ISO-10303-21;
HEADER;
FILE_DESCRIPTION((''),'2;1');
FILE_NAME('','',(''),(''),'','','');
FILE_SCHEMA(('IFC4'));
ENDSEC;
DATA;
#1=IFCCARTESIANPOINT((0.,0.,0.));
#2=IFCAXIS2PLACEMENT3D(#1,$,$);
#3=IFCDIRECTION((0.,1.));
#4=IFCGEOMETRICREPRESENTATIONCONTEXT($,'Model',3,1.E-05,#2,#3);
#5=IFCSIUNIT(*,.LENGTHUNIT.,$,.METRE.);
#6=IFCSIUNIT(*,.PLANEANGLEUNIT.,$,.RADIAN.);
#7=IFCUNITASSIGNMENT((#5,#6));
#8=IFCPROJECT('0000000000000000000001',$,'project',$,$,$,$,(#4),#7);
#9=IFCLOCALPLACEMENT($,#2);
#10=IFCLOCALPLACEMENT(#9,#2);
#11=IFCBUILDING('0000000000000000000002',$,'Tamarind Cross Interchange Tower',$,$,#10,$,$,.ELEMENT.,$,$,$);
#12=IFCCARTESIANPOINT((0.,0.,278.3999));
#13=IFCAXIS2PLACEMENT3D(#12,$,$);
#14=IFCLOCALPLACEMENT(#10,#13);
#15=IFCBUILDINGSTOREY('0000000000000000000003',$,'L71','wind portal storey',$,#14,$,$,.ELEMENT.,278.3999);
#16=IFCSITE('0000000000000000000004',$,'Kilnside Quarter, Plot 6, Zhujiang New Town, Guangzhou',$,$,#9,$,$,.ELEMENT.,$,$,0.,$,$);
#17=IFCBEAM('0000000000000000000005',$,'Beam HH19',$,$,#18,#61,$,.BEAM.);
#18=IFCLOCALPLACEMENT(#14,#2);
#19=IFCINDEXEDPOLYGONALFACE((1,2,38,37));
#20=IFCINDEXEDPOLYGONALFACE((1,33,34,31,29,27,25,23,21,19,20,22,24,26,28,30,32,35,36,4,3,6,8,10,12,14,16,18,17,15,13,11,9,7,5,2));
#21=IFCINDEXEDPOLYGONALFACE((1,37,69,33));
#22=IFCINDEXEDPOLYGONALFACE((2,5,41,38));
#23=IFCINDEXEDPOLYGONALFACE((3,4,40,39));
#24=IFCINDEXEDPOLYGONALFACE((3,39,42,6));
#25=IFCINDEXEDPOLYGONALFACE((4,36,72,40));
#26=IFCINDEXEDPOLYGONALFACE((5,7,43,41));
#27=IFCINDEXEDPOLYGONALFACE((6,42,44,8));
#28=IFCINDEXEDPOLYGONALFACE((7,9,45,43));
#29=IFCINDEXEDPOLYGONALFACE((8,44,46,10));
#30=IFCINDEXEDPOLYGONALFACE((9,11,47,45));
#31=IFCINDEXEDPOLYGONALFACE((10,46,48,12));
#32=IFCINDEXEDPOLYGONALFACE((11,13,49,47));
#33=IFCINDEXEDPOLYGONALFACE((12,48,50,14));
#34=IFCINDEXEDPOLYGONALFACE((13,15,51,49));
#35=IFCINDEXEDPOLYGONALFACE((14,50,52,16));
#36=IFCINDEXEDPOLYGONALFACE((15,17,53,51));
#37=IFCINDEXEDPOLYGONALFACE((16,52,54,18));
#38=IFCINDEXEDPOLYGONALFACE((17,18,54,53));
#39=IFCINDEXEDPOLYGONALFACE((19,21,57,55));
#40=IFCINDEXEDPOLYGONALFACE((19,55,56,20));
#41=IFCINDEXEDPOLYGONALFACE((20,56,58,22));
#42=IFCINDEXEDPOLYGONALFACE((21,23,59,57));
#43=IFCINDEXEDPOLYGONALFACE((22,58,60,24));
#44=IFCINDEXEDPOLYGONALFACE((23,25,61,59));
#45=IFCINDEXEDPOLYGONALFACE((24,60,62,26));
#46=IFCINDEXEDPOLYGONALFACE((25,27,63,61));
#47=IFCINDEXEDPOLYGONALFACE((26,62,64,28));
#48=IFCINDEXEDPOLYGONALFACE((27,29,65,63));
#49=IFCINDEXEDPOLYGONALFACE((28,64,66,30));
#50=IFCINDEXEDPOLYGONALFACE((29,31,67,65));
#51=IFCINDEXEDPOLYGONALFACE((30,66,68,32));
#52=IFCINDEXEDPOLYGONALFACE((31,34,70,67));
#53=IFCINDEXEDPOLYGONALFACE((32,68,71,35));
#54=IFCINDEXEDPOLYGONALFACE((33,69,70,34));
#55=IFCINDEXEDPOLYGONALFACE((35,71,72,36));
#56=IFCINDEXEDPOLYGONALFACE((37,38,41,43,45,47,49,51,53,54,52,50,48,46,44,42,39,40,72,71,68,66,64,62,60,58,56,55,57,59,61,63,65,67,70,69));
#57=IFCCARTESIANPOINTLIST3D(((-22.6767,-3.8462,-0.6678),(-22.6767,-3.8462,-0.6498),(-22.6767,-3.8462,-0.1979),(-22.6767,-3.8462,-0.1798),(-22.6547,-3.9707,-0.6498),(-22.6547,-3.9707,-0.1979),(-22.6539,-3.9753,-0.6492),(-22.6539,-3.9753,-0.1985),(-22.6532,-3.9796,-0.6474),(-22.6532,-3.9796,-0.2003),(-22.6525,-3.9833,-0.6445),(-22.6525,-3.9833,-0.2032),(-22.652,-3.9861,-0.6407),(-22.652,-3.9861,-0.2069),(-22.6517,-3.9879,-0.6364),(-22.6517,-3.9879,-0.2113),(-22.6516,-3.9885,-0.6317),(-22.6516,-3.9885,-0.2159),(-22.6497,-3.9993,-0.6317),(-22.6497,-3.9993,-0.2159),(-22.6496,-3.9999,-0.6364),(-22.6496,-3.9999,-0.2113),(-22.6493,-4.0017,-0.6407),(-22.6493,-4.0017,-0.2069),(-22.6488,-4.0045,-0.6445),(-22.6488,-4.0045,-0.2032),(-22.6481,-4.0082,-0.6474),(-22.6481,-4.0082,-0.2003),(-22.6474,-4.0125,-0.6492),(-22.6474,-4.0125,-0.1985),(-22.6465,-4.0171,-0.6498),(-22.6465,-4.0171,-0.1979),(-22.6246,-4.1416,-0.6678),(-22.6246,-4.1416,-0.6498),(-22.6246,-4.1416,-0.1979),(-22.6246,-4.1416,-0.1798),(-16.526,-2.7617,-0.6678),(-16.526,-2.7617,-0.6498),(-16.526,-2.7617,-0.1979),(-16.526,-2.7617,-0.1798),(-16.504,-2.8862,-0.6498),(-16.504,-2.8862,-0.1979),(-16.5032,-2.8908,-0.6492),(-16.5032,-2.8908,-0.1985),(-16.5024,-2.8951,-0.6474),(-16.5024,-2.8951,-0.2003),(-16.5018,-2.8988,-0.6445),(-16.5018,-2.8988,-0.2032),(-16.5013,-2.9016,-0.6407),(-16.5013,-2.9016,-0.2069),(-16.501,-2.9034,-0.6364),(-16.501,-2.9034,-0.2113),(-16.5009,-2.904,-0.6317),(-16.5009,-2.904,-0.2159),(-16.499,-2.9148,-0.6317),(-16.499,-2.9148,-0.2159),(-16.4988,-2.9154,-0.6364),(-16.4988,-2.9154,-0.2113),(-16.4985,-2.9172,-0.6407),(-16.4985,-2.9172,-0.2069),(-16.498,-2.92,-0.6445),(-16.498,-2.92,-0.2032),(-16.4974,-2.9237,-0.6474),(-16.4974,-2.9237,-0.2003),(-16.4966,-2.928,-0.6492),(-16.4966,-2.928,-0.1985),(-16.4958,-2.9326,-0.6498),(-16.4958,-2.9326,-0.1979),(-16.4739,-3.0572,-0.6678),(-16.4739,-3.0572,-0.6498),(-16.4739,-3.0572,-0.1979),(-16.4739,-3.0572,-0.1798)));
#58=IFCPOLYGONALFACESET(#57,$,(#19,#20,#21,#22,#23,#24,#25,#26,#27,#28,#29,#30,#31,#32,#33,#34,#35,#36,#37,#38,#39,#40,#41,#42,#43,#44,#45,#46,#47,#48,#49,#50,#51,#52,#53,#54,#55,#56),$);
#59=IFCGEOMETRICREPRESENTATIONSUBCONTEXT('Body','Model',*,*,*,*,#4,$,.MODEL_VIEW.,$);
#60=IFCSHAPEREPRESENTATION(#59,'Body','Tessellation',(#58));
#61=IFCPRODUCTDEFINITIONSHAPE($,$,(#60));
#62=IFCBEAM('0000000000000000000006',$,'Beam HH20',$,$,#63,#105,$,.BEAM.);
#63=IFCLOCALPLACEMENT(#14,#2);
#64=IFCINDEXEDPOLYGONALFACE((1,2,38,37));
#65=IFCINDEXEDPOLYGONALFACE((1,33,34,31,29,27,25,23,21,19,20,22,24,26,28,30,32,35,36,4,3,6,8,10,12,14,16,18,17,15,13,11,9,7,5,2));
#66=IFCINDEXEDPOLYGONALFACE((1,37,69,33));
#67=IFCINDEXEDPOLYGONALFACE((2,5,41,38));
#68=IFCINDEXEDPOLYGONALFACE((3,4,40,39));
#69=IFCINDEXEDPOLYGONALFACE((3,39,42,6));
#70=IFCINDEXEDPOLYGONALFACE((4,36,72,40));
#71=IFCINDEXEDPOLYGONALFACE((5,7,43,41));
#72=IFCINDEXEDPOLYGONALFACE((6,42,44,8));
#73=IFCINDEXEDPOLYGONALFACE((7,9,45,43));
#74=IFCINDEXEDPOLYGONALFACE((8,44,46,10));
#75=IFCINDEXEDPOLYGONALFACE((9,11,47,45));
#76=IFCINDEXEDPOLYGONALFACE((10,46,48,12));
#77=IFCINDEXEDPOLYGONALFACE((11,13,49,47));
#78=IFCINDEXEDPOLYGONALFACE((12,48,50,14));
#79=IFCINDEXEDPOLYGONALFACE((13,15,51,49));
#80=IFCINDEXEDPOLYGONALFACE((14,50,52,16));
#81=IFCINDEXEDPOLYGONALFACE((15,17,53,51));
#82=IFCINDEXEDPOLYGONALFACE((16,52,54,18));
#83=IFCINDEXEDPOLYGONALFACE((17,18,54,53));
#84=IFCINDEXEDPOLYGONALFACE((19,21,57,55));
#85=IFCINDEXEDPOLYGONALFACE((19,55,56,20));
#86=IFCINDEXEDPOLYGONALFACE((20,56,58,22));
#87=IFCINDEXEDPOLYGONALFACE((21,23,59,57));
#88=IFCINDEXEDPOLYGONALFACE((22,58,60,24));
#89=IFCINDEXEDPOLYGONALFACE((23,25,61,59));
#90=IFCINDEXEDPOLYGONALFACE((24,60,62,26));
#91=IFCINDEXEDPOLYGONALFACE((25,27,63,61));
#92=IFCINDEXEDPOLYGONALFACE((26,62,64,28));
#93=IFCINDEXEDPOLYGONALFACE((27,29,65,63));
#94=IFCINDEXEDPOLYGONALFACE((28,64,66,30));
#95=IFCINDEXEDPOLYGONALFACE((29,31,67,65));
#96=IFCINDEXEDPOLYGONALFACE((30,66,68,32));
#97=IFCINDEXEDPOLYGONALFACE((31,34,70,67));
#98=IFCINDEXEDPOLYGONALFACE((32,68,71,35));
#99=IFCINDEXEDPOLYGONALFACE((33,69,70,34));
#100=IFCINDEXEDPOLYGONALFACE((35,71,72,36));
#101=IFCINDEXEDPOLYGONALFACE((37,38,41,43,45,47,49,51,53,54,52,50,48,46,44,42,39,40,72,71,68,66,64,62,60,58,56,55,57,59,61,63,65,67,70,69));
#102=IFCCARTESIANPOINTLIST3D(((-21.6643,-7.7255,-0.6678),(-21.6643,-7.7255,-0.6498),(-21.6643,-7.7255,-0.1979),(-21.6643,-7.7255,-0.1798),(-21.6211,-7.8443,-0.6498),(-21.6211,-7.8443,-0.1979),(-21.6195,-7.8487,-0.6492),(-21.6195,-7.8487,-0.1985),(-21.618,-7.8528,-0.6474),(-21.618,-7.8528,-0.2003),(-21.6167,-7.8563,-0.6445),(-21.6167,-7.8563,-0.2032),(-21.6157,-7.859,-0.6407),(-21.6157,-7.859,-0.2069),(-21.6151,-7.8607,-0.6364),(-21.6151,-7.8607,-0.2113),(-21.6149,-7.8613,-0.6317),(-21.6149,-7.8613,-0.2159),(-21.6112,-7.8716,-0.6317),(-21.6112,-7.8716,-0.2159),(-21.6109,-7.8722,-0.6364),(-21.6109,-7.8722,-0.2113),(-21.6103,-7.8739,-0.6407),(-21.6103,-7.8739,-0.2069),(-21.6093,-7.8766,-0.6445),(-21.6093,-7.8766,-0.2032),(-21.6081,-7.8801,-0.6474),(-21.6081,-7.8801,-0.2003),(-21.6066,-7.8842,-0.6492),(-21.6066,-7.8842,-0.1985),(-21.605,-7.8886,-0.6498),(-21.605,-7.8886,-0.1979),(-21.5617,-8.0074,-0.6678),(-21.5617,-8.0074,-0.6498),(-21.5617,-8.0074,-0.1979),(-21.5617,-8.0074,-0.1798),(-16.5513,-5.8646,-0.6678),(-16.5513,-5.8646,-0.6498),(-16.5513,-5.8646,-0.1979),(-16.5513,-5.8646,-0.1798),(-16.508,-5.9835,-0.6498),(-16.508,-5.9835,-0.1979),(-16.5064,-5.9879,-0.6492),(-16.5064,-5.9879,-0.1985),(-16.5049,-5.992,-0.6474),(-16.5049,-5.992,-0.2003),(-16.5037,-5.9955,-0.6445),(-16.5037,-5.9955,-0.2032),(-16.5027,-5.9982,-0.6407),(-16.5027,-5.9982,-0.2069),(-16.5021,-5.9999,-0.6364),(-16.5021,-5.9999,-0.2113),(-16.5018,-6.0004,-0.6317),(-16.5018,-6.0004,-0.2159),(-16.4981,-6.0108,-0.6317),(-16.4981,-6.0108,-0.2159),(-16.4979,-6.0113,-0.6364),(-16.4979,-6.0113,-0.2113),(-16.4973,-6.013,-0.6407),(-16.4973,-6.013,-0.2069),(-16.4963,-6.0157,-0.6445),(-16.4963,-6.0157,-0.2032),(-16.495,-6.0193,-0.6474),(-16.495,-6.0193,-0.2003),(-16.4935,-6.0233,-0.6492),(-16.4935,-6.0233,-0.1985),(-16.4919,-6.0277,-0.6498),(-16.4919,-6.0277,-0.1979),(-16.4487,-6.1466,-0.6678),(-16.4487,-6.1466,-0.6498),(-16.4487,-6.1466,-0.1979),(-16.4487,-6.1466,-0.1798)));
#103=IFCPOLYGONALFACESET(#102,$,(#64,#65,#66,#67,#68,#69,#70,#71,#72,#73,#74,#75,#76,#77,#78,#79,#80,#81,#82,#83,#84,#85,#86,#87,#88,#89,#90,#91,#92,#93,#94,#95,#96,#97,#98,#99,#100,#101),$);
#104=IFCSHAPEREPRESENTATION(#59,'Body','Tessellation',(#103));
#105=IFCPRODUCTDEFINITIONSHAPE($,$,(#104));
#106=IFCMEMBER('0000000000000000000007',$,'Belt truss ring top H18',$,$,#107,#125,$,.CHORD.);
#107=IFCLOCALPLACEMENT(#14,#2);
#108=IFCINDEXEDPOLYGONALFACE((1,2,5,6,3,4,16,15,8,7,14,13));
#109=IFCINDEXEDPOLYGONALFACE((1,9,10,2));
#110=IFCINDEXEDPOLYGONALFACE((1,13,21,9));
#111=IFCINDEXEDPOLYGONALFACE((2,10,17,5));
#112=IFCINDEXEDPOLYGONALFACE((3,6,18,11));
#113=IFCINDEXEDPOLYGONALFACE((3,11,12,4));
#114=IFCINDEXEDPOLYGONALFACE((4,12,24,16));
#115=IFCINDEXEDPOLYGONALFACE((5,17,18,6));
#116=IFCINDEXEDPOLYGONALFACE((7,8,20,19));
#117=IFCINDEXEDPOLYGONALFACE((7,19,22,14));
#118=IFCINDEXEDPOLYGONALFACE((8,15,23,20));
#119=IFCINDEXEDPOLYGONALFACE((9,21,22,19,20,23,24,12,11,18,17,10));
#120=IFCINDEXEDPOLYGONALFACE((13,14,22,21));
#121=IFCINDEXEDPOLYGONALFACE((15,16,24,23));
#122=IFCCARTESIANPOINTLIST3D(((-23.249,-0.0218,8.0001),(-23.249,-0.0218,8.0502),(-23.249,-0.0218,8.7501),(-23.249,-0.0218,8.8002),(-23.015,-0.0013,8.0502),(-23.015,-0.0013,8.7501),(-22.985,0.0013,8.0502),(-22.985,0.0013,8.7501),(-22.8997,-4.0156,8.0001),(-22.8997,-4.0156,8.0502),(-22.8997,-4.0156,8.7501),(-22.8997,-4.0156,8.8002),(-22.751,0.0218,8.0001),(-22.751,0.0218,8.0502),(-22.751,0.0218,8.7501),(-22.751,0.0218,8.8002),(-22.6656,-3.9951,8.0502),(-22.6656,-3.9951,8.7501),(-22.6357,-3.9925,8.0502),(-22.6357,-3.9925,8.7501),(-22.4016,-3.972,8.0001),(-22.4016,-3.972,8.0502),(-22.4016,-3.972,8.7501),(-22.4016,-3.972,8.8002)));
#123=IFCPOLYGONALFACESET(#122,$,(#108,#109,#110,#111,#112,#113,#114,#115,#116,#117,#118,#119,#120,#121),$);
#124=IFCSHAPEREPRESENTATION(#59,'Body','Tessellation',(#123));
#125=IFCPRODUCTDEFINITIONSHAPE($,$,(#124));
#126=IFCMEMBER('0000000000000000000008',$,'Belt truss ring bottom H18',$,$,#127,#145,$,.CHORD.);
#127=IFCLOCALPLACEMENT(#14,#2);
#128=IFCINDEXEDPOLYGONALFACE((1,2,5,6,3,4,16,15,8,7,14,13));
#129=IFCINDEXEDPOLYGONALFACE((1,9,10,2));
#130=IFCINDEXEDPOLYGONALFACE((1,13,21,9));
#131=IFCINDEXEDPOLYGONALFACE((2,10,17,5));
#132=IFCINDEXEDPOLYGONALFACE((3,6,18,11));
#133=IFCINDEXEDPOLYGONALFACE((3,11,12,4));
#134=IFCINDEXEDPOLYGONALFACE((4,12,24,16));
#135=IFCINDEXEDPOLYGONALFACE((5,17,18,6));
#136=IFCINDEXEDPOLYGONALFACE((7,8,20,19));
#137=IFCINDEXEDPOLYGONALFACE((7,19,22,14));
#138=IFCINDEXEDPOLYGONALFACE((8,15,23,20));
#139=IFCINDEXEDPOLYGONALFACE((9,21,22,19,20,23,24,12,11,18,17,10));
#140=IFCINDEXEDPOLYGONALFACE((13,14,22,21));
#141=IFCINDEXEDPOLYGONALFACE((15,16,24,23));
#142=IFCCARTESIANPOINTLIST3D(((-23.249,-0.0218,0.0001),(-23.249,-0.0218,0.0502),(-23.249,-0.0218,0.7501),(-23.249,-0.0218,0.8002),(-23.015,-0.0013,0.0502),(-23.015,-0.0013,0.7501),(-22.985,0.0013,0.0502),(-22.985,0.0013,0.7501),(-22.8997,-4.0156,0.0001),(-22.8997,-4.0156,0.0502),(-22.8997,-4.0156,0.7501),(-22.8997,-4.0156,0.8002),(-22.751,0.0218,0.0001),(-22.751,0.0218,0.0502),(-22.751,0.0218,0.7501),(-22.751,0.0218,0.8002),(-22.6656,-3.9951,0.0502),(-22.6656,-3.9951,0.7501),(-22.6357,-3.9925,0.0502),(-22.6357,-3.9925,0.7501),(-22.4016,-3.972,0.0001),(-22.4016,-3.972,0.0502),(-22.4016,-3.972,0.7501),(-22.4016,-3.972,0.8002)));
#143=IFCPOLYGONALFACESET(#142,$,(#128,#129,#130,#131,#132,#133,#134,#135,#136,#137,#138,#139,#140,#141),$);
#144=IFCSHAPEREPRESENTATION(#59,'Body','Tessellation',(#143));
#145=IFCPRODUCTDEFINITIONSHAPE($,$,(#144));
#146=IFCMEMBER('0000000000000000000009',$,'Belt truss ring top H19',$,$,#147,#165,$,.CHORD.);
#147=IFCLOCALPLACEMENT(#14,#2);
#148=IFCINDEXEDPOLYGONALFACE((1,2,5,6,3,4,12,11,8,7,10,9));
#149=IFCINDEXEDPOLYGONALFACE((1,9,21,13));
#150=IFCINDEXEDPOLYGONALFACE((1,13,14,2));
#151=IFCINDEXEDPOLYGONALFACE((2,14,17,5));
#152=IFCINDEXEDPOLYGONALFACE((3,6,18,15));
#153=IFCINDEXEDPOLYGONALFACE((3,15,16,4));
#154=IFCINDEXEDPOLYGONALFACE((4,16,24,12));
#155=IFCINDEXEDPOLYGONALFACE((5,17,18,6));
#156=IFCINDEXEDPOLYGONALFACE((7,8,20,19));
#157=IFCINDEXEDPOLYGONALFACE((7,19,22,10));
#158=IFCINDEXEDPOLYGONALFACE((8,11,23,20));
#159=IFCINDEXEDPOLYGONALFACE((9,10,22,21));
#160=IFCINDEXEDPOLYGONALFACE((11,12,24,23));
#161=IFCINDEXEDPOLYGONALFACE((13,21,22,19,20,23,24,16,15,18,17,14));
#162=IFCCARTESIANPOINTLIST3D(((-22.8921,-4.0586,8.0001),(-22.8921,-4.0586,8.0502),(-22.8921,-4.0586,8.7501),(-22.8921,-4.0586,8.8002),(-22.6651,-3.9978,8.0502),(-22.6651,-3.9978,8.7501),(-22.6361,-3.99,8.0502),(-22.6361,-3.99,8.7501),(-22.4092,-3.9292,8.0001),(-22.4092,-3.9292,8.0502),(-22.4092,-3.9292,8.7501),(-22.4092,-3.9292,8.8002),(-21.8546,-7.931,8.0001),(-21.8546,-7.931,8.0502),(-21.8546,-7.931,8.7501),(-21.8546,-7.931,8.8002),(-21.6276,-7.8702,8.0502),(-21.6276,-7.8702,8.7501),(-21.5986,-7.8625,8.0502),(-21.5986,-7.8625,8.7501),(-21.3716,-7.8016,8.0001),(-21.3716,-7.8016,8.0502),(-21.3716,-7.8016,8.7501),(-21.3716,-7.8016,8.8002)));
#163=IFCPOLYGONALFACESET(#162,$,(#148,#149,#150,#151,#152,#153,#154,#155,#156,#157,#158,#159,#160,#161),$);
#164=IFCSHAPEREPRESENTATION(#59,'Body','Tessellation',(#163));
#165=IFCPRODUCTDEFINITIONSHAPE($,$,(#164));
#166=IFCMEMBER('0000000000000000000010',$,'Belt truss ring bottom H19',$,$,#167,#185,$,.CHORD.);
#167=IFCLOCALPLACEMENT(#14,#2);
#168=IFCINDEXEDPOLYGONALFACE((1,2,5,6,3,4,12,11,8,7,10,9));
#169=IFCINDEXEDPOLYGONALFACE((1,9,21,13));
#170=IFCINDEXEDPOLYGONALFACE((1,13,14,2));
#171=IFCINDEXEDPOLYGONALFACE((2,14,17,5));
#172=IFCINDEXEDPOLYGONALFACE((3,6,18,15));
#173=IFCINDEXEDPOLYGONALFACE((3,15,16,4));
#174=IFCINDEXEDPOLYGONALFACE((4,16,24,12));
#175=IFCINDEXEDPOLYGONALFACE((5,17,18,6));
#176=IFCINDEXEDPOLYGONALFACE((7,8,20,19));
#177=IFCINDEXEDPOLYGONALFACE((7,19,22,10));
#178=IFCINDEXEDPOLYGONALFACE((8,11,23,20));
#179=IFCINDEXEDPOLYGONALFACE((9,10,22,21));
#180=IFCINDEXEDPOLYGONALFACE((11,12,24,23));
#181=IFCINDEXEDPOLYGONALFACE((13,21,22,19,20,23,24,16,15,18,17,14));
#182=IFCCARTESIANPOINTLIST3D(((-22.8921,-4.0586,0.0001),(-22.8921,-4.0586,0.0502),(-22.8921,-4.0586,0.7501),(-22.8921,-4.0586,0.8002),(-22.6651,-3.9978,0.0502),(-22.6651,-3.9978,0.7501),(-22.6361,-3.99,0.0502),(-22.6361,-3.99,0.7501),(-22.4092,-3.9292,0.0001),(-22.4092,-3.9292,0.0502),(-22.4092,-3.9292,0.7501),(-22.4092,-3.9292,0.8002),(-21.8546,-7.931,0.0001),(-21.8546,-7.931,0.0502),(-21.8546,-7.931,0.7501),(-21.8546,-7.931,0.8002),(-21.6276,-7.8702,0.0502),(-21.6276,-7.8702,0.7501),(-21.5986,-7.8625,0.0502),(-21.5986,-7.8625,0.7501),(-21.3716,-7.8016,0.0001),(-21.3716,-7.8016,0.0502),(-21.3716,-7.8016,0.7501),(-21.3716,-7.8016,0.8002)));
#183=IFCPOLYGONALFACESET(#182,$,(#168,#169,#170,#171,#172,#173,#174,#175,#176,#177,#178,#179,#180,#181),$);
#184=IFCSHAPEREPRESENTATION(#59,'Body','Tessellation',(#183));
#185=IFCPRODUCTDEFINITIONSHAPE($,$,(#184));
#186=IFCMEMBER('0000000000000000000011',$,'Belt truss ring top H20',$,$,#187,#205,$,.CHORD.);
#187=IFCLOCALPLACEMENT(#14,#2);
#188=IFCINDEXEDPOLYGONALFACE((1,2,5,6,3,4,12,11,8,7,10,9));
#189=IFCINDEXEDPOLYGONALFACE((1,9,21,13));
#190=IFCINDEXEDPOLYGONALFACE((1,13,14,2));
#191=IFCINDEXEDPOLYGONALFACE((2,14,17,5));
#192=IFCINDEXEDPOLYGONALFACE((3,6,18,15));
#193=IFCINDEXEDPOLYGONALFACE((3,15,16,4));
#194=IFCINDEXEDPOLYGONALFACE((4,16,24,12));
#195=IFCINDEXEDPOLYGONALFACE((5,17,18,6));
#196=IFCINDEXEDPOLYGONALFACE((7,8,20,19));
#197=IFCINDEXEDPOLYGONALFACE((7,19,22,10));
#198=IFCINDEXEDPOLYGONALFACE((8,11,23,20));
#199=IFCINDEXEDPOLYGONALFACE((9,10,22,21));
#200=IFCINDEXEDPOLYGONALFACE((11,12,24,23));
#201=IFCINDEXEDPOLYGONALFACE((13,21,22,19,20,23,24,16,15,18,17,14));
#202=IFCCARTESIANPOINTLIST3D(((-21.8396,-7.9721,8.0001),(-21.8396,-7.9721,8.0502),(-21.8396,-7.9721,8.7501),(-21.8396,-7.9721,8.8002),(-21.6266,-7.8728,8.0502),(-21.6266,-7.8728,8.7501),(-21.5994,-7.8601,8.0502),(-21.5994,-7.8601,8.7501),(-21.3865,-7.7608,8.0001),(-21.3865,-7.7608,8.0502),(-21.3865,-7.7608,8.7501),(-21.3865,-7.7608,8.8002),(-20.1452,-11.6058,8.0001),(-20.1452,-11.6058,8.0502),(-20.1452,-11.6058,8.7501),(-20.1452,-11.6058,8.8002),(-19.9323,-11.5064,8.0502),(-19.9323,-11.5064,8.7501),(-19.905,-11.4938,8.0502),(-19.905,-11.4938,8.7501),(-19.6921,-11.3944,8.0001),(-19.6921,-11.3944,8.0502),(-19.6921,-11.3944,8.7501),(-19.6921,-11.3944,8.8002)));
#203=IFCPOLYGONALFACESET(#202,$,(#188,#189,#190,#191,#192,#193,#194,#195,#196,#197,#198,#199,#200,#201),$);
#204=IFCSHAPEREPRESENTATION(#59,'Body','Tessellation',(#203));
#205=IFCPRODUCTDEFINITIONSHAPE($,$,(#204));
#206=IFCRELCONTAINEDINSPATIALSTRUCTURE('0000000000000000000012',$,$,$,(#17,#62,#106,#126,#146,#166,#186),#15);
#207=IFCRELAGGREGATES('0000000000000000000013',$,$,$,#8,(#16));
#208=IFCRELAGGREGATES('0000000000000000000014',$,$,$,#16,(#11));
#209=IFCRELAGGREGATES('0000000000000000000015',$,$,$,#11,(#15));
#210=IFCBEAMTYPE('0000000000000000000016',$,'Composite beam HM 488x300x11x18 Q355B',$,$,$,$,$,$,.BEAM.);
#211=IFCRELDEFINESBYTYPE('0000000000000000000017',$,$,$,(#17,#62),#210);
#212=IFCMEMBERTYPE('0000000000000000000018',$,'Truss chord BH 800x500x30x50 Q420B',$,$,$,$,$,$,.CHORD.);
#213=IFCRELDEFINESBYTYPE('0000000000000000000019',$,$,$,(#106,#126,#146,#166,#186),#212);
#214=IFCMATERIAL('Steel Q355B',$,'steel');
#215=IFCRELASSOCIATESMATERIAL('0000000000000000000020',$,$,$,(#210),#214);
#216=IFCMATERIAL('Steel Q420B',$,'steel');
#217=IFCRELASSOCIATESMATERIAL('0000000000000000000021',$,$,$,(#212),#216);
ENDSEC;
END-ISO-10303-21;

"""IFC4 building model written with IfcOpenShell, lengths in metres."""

from ifc_helpers import new_model, si_unit, direction, frame, origin, origin_2d, place, context, subcontext, project, spatial, i_section, extrude, material, material_profile, profile_set, type_object, element, save


model = new_model("IFC4")

# Units and contexts
model_context = context("Model", 3, precision=1e-05, world=origin(), true_north=direction((0.0, 1.0)))
body_context = subcontext(model_context, "Body", "Model", "MODEL_VIEW")
ifc_project = project(units=[si_unit("LENGTHUNIT", "METRE"), si_unit("PLANEANGLEUNIT", "RADIAN")], contexts=[model_context])

# Site, building, storey
site_placement = place(None, origin())
site = spatial("IfcSite", under=ifc_project, at=site_placement, Name="Kilnside Quarter, Plot 6, Zhujiang New Town, Guangzhou", CompositionType="ELEMENT", RefElevation=0.0)
building_placement = place(site_placement, origin())
building = spatial("IfcBuilding", under=site, at=building_placement, Name="Tamarind Cross Interchange Tower", CompositionType="ELEMENT")
storey_placement = place(building_placement, frame((0.0, 0.0, 278.3999)))
storey = spatial("IfcBuildingStorey", under=building, at=storey_placement, Name="L71", Description="wind portal storey", CompositionType="ELEMENT", Elevation=278.3999)

# Beams
ifc_material_1 = material(Name="Steel Q355B", Category="steel")
ifc_material_profile_1 = material_profile(ifc_material_1, i_section(OverallWidth=0.3, OverallDepth=0.488, WebThickness=0.011, FlangeThickness=0.0181, FilletRadius=0.0181, at=origin_2d()), Name="HM 488x300x11x18")
ifc_profile_set_1 = profile_set([ifc_material_profile_1], Name="Steel Q355B")
beam_type = type_object("IfcBeamType", Name="Composite beam HM 488x300x11x18 Q355B", PredefinedType="BEAM", material=ifc_profile_set_1)
beam_1_placement = place(storey_placement, frame((-22.6506, -3.9939, -0.4238), z_axis=(0.984809, 0.17364, 0.0), x_axis=(-0.17364, 0.984809, 0.0)))
element("IfcBeam", 1, at=beam_1_placement, inside=storey, type_object=beam_type, Name="Beam HH19", PredefinedType="BEAM", context=body_context, shape_type="SweptSolid", body=[
    extrude(i_section(OverallWidth=0.3, OverallDepth=0.488, WebThickness=0.011, FlangeThickness=0.0181, FilletRadius=0.0181, at=origin_2d()), origin(), (0.0, 0.0, 1.0), 6.2456),
])
beam_2_placement = place(storey_placement, frame((-21.613, -7.8665, -0.4238), z_axis=(0.939702, 0.341995, 0.0), x_axis=(-0.341995, 0.939702, 0.0)))
element("IfcBeam", 2, at=beam_2_placement, inside=storey, type_object=beam_type, Name="Beam HH20", PredefinedType="BEAM", context=body_context, shape_type="SweptSolid", body=[
    extrude(i_section(OverallWidth=0.3, OverallDepth=0.488, WebThickness=0.011, FlangeThickness=0.0181, FilletRadius=0.0181, at=origin_2d()), origin(), (0.0, 0.0, 1.0), 5.4412),
])

# Members
ifc_material_2 = material(Name="Steel Q420B", Category="steel")
ifc_material_profile_2 = material_profile(ifc_material_2, i_section(OverallWidth=0.5, OverallDepth=0.8, WebThickness=0.03, FlangeThickness=0.05, at=origin_2d()), Name="BH 800x500x30x50")
ifc_profile_set_2 = profile_set([ifc_material_profile_2], Name="Steel Q420B")
member_type_1 = type_object("IfcMemberType", Name="Truss chord BH 800x500x30x50 Q420B", PredefinedType="CHORD", material=ifc_profile_set_2)
for number, where, z_axis, x_axis, name in (
    (3, (-23.0, 0.0, 8.4001), (0.087142, -0.996196, 0.0), (0.996196, 0.087142, 0.0), "Belt truss ring top H18"),
    (4, (-23.0, 0.0, 0.4001), (0.087142, -0.996196, 0.0), (0.996196, 0.087142, 0.0), "Belt truss ring bottom H18"),
    (5, (-22.6506, -3.9939, 8.4001), (0.258807, -0.965929, 0.0), (0.965929, 0.258807, 0.0), "Belt truss ring top H19"),
    (6, (-22.6506, -3.9939, 0.4001), (0.258807, -0.965929, 0.0), (0.965929, 0.258807, 0.0), "Belt truss ring bottom H19"),
):
    element("IfcMember", number, at=place(storey_placement, frame(where, z_axis=z_axis, x_axis=x_axis)), inside=storey, type_object=member_type_1, Name=name, PredefinedType="CHORD", context=body_context, shape_type="SweptSolid", body=[
        extrude(i_section(OverallWidth=0.5, OverallDepth=0.8, WebThickness=0.03, FlangeThickness=0.05, at=origin_2d()), origin(), (0.0, 0.0, 1.0), 4.009),
    ])
for number, where, z_axis, x_axis, name in (
    (7, (-21.613, -7.8665, 8.4001), (0.422615, -0.906309, 0.0), (0.906309, 0.422615, 0.0), "Belt truss ring top H20"),
):
    element("IfcMember", number, at=place(storey_placement, frame(where, z_axis=z_axis, x_axis=x_axis)), inside=storey, type_object=member_type_1, Name=name, PredefinedType="CHORD", context=body_context, shape_type="SweptSolid", body=[
        extrude(i_section(OverallWidth=0.5, OverallDepth=0.8, WebThickness=0.03, FlangeThickness=0.05, at=origin_2d()), origin(), (0.0, 0.0, 1.0), 4.0093),
    ])

save(model, "model.ifc")
